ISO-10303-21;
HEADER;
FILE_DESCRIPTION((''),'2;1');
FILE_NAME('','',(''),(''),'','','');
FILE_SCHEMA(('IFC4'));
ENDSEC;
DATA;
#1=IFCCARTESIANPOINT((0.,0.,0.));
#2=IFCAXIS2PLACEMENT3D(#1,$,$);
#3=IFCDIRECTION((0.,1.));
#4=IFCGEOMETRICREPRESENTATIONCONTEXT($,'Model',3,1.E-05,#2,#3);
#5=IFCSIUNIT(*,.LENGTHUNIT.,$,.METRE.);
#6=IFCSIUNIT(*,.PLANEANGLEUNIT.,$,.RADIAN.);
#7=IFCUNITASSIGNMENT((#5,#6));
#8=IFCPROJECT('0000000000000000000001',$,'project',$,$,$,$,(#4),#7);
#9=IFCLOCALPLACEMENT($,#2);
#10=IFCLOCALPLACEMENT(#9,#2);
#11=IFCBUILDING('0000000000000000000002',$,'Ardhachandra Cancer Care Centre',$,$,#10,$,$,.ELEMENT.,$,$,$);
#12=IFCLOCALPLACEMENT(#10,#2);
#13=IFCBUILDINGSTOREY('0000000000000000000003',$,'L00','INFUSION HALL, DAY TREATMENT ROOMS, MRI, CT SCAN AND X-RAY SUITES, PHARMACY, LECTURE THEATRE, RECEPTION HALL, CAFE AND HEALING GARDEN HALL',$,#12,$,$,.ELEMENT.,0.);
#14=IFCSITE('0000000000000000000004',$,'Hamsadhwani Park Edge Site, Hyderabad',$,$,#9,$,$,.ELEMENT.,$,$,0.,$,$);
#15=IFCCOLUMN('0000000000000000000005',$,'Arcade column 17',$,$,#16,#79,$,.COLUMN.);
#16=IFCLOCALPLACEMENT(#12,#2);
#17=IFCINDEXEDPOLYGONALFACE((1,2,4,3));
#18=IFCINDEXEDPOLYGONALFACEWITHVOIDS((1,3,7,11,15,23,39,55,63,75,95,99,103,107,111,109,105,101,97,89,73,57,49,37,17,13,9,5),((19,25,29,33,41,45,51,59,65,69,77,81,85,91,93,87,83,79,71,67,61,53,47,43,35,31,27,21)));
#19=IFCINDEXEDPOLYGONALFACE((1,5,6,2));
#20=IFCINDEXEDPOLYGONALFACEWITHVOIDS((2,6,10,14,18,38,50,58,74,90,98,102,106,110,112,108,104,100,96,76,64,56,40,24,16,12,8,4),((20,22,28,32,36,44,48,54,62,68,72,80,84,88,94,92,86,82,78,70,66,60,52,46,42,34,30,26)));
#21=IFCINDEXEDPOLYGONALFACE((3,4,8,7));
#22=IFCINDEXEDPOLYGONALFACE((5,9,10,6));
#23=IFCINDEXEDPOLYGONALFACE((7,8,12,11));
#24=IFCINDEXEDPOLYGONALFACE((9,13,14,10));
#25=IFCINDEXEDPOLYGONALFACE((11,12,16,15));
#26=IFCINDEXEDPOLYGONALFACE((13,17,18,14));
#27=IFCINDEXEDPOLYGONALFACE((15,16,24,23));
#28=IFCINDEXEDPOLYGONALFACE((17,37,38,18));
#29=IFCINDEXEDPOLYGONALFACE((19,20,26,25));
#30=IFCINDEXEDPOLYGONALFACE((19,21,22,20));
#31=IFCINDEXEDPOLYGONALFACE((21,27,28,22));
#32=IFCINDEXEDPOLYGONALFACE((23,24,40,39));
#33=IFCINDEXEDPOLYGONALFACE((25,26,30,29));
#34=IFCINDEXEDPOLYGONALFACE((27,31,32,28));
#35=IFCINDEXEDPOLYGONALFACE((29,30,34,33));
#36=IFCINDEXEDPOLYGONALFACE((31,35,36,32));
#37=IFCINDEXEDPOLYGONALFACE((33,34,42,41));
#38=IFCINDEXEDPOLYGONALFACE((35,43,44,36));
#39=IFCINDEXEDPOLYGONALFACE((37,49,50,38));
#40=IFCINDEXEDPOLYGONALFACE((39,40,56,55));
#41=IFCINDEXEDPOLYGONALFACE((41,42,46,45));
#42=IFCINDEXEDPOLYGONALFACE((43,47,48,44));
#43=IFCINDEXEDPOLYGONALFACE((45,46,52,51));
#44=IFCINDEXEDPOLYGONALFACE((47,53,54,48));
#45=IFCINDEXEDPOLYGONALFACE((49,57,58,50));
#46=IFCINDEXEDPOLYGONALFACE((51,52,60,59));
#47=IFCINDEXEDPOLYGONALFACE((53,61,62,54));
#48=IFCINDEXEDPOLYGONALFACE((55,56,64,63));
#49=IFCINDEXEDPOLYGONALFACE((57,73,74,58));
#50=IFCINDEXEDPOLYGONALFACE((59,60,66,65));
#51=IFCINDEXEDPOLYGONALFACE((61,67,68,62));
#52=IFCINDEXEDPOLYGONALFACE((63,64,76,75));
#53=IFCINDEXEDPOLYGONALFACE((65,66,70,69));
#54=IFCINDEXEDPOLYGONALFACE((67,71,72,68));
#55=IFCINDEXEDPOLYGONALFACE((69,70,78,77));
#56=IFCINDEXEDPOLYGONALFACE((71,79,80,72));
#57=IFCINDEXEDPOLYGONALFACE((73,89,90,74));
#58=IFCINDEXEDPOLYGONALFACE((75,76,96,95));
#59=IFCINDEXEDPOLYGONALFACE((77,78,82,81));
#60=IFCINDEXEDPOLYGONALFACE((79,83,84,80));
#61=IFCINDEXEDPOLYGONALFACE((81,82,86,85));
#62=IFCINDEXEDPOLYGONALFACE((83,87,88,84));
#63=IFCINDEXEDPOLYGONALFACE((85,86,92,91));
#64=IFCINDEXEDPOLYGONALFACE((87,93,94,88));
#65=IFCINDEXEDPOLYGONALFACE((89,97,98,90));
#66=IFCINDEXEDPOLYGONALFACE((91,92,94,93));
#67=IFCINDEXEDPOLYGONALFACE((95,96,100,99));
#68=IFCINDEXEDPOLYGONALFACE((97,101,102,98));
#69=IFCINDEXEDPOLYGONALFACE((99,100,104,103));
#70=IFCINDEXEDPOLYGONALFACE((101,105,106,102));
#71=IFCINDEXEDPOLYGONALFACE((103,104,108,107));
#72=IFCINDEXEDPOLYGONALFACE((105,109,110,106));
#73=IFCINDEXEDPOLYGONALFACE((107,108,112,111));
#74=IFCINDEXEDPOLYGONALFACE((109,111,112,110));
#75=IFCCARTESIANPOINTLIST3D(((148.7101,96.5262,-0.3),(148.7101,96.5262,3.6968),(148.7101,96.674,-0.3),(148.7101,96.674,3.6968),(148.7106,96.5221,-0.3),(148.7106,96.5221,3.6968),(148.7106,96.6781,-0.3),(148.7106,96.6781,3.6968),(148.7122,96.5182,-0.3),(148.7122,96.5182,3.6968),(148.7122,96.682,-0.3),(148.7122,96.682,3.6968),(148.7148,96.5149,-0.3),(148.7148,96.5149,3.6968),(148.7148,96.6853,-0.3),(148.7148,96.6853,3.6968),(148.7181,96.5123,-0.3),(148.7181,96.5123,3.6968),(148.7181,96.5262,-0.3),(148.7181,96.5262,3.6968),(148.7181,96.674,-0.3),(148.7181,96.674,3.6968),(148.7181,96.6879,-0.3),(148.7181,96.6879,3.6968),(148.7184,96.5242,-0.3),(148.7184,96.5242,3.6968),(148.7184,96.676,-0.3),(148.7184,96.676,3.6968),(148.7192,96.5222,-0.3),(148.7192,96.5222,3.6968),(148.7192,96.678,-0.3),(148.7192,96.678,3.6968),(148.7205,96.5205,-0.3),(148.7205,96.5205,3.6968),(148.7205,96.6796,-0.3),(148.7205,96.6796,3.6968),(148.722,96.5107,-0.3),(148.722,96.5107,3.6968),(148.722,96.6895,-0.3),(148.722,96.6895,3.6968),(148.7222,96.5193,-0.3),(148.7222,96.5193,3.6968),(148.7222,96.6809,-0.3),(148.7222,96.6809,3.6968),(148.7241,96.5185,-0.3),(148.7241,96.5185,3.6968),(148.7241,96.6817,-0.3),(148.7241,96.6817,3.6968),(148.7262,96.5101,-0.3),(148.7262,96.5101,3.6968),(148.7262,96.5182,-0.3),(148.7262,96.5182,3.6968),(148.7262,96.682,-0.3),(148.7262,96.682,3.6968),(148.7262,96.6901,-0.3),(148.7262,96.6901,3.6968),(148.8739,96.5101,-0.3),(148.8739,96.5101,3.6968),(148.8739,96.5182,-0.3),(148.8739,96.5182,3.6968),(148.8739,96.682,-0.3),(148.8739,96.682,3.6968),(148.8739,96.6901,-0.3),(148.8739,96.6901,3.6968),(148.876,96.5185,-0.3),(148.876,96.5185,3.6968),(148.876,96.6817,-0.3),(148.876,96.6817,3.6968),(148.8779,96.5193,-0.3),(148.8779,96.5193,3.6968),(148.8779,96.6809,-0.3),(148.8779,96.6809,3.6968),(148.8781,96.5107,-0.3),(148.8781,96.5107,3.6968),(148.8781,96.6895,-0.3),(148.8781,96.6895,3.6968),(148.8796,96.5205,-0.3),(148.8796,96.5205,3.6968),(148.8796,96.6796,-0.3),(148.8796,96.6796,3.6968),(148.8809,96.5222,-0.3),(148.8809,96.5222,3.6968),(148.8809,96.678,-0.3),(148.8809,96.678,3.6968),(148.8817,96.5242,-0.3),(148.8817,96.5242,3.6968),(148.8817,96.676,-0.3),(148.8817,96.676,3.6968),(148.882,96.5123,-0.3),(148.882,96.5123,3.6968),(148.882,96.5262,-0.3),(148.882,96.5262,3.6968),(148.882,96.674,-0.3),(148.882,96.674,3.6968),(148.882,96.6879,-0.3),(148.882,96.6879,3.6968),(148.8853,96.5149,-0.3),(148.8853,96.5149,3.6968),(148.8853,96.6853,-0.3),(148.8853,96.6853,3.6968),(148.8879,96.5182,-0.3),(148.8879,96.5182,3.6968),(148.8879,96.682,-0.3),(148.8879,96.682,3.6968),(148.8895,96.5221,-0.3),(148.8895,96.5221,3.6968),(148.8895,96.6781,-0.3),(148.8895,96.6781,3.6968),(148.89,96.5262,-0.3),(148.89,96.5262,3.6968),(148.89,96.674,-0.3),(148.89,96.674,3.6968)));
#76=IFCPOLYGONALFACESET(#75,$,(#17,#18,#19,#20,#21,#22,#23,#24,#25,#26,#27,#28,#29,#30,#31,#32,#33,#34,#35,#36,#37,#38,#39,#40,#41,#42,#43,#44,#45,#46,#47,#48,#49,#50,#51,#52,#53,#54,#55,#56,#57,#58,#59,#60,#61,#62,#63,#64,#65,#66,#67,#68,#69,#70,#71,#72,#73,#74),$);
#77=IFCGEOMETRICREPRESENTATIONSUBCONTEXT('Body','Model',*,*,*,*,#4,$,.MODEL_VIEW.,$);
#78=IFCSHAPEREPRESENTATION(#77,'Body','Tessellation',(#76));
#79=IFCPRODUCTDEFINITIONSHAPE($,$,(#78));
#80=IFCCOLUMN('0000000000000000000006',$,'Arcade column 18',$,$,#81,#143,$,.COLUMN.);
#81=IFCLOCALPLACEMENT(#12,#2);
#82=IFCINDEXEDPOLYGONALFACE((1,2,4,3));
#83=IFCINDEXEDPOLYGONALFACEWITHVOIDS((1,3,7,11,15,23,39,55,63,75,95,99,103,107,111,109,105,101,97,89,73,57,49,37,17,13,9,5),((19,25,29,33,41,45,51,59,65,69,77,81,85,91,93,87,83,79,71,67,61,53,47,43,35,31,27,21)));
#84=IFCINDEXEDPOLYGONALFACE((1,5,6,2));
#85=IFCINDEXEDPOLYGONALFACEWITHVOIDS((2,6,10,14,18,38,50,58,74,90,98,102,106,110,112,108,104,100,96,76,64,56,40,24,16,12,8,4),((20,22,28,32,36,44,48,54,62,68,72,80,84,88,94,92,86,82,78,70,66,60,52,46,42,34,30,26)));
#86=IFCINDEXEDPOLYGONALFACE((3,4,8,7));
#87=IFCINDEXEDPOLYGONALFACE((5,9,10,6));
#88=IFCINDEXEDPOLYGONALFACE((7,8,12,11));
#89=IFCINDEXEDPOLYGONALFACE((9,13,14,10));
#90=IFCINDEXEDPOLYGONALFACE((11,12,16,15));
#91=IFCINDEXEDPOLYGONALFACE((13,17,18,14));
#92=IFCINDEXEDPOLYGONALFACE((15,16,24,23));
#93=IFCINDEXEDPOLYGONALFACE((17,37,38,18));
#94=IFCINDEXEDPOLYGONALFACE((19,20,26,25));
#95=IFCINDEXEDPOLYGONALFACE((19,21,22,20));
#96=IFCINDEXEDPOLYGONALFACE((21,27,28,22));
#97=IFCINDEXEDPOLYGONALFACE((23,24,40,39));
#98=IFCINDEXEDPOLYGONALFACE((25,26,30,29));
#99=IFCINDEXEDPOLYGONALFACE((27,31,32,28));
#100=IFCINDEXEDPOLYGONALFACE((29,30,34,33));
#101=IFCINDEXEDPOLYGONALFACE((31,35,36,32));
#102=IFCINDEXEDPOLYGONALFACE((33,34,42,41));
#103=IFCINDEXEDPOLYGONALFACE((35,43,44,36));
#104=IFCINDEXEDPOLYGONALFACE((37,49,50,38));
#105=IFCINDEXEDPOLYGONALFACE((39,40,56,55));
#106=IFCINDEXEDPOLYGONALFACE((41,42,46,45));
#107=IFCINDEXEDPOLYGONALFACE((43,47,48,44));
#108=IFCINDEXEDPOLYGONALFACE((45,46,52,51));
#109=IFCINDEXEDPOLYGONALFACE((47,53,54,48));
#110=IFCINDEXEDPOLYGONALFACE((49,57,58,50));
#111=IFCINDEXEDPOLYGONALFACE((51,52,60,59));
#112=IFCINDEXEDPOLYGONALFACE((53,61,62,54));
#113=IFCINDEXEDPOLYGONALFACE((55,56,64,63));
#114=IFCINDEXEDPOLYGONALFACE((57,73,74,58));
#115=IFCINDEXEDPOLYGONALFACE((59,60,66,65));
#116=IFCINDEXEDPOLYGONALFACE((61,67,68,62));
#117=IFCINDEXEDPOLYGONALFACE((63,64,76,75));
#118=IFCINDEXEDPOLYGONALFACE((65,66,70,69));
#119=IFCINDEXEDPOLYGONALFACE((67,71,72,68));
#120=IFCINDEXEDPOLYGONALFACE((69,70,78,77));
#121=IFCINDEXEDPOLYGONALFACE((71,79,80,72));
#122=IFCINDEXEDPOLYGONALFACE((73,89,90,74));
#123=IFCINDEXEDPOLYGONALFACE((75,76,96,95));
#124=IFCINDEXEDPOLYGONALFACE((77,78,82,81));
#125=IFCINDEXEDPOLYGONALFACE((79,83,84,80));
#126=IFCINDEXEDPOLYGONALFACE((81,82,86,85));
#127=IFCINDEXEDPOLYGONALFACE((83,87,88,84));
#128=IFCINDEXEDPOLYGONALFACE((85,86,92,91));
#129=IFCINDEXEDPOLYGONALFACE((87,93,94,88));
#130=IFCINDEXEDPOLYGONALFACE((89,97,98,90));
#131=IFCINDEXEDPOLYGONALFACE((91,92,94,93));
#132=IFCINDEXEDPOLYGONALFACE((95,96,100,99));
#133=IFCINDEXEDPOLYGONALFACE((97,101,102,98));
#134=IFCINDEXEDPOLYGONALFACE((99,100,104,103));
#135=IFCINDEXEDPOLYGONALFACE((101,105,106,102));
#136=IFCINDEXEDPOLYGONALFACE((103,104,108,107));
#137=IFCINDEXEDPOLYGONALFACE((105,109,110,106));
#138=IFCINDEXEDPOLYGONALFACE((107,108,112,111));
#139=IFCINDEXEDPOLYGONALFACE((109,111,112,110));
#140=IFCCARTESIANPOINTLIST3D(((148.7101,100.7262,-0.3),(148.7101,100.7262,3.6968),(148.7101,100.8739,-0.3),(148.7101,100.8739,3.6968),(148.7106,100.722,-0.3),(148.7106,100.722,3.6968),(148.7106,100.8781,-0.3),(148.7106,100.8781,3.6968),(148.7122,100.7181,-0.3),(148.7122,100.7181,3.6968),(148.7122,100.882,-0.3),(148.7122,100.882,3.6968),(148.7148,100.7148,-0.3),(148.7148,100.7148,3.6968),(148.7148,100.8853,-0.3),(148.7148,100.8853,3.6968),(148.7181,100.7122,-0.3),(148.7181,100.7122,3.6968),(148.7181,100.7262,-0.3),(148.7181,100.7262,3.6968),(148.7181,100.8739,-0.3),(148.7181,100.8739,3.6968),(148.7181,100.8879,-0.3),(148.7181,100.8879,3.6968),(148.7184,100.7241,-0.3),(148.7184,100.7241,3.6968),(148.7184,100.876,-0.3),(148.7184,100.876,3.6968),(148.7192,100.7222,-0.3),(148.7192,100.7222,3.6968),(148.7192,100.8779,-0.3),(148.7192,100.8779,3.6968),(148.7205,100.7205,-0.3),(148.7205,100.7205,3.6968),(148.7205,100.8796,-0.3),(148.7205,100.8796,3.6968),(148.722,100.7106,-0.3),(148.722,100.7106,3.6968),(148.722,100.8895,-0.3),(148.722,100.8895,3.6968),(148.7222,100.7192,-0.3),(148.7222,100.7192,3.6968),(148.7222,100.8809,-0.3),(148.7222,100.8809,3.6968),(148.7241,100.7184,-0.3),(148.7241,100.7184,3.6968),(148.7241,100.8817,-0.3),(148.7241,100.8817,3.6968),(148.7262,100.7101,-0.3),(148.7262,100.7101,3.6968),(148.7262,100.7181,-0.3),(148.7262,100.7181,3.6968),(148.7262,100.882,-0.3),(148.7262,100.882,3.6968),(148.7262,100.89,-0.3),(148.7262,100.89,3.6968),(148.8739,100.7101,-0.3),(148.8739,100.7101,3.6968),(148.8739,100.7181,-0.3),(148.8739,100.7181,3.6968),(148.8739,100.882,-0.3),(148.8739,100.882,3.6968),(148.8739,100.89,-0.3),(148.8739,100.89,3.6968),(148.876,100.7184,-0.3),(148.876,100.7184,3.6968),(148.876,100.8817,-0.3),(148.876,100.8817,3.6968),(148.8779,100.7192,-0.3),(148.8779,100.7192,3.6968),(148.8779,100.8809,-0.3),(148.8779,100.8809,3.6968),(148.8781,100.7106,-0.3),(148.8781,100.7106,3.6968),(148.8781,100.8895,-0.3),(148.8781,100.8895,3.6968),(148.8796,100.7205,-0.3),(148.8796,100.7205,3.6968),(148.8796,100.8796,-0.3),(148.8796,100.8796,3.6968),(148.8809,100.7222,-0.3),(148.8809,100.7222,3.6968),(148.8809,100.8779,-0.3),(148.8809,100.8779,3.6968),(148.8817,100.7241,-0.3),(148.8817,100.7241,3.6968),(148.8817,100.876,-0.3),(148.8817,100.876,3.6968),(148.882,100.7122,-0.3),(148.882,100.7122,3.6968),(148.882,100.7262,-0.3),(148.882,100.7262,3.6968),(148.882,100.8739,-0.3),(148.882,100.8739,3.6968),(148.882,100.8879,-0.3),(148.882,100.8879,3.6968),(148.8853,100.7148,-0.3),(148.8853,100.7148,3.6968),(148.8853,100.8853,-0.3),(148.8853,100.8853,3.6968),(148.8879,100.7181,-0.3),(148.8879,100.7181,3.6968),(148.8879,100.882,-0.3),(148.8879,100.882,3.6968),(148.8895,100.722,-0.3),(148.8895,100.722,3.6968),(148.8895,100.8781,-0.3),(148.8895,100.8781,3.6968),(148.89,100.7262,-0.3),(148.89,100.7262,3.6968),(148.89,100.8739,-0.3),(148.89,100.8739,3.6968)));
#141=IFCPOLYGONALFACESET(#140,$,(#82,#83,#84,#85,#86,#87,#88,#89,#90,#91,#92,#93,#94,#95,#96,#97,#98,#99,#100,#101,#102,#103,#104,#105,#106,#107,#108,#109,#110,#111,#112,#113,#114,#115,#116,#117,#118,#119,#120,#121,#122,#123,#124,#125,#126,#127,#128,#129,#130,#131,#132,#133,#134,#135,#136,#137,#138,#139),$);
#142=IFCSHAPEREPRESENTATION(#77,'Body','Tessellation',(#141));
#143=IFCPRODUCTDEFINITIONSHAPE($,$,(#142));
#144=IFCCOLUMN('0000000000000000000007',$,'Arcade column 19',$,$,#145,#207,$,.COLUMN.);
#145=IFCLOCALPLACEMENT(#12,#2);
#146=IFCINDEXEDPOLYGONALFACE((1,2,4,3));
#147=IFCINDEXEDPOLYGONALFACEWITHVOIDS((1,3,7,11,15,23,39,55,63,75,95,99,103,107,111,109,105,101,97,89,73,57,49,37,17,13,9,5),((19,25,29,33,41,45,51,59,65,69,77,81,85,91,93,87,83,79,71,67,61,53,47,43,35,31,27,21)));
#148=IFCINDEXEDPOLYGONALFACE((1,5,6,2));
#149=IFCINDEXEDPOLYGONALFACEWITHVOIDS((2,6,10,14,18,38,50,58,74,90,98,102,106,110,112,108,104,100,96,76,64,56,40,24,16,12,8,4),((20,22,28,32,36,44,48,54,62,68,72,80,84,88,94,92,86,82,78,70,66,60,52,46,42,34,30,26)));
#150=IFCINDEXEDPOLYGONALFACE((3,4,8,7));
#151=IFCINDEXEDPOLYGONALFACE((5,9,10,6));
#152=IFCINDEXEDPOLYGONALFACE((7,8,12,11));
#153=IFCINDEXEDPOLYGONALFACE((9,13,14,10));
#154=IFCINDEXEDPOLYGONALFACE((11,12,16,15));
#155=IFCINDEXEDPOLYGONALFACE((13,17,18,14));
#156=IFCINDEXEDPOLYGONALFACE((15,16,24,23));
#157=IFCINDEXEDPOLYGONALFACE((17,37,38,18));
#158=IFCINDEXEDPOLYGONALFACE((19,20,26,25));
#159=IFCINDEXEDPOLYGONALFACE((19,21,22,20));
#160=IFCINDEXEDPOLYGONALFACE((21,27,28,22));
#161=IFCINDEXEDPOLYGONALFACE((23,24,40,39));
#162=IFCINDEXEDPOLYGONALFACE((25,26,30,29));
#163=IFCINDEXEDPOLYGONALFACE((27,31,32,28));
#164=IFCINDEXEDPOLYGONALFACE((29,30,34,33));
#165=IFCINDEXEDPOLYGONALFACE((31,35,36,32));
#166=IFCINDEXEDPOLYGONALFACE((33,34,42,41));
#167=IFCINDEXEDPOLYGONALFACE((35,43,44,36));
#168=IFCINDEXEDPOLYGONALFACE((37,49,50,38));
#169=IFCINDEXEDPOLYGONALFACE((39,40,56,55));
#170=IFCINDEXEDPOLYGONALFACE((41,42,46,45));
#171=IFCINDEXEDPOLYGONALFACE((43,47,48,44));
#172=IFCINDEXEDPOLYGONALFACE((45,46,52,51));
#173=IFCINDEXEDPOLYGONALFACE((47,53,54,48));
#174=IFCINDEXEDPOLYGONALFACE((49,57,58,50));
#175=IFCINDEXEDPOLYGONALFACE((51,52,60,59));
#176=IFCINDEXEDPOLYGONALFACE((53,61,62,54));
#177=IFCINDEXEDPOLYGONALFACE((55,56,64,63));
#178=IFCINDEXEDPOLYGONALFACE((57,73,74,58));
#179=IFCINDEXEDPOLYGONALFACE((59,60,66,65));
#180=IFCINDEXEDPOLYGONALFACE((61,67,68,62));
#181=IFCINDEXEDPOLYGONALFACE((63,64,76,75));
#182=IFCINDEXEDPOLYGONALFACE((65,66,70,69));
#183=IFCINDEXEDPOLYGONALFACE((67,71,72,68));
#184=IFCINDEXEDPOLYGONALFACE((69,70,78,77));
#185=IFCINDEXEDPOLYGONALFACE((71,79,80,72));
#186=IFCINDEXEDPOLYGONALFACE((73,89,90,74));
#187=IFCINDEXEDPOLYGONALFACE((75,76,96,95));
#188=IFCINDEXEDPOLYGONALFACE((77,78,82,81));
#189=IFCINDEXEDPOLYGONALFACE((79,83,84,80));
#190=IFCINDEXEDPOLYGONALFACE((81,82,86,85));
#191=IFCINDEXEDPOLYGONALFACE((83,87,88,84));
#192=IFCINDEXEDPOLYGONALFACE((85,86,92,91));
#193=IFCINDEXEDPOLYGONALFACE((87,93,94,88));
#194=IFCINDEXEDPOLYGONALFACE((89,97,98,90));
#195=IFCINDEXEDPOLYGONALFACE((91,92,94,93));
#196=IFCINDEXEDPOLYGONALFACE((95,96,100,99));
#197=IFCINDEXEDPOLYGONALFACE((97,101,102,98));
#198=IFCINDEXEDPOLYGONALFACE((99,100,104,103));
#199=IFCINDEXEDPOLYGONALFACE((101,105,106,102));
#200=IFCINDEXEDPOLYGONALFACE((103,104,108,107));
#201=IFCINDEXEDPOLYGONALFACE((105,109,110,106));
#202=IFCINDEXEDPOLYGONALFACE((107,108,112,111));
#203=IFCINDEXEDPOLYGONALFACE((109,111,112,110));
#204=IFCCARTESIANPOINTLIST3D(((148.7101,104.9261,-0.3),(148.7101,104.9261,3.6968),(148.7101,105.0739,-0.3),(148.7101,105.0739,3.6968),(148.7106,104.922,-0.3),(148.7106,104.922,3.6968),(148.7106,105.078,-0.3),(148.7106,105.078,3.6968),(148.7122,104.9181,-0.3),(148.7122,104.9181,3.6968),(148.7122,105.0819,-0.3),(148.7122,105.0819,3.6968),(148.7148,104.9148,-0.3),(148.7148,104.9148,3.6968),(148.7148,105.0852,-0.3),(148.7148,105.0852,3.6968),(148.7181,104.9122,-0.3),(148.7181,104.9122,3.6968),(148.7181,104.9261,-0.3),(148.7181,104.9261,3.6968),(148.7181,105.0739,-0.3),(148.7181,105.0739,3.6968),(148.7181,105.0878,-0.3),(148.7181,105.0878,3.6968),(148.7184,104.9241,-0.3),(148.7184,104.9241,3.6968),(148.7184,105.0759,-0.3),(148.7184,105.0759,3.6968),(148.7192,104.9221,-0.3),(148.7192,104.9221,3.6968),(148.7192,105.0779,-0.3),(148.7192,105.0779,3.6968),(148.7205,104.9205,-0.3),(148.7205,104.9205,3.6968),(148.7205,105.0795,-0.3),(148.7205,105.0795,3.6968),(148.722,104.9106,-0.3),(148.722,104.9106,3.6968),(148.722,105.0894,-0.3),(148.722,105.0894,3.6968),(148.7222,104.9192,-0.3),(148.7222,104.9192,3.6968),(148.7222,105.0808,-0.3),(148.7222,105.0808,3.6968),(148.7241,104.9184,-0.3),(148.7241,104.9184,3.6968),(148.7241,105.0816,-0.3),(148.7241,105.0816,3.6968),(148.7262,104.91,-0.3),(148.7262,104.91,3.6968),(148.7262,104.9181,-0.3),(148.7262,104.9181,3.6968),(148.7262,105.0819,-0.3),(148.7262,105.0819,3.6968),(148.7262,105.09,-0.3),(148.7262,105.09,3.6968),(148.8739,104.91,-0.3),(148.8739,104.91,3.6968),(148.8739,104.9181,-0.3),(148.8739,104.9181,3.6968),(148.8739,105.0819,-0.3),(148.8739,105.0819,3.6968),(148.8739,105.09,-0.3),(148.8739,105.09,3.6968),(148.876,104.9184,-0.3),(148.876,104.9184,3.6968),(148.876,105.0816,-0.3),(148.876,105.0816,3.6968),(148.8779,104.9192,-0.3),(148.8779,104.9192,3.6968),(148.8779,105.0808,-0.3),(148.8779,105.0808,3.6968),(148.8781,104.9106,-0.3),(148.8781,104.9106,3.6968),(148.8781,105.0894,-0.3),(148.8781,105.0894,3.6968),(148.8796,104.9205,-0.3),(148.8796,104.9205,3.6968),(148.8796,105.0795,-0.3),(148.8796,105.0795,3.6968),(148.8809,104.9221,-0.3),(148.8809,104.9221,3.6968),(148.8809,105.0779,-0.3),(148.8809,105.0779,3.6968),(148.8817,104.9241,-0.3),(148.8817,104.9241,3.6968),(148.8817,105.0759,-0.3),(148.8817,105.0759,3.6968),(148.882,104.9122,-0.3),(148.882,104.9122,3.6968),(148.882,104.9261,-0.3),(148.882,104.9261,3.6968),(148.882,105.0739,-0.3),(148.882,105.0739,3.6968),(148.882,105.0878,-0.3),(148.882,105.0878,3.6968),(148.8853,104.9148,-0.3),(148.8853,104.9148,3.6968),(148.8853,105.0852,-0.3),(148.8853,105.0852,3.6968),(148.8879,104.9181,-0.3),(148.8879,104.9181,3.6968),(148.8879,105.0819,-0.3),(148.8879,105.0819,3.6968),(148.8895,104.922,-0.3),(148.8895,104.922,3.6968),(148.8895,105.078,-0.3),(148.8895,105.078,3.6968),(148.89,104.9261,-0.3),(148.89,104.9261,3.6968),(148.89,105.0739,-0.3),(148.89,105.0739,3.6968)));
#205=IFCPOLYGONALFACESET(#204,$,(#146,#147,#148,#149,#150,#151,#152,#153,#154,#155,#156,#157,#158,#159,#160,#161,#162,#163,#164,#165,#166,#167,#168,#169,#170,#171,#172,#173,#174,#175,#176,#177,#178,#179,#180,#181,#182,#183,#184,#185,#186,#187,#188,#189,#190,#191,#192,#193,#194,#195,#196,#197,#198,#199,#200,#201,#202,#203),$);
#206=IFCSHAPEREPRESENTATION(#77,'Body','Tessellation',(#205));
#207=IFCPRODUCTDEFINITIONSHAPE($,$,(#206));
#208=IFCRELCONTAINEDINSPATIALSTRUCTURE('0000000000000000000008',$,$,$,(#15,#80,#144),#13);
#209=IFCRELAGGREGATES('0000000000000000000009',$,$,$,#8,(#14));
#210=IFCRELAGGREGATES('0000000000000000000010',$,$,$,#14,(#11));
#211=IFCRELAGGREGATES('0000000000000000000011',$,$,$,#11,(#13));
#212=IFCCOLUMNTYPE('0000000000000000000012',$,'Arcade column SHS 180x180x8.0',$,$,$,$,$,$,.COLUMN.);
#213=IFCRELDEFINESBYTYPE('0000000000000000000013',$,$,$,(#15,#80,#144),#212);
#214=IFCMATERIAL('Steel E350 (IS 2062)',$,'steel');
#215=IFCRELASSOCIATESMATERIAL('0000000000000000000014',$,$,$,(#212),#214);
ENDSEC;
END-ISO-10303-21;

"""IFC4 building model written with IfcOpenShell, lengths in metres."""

from ifc_helpers import new_model, si_unit, direction, frame, origin, origin_2d, place, context, subcontext, project, spatial, hollow_rectangle, extrude, material, material_profile, profile_set, type_object, element, save


model = new_model("IFC4")

# Units and contexts
model_context = context("Model", 3, precision=1e-05, world=origin(), true_north=direction((0.0, 1.0)))
body_context = subcontext(model_context, "Body", "Model", "MODEL_VIEW")
ifc_project = project(units=[si_unit("LENGTHUNIT", "METRE"), si_unit("PLANEANGLEUNIT", "RADIAN")], contexts=[model_context])

# Site, building, storey
site_placement = place(None, origin())
site = spatial("IfcSite", under=ifc_project, at=site_placement, Name="Hamsadhwani Park Edge Site, Hyderabad", CompositionType="ELEMENT", RefElevation=0.0)
building_placement = place(site_placement, origin())
building = spatial("IfcBuilding", under=site, at=building_placement, Name="Ardhachandra Cancer Care Centre", CompositionType="ELEMENT")
storey_placement = place(building_placement, origin())
storey = spatial("IfcBuildingStorey", under=building, at=storey_placement, Name="L00", Description="INFUSION HALL, DAY TREATMENT ROOMS, MRI, CT SCAN AND X-RAY SUITES, PHARMACY, LECTURE THEATRE, RECEPTION HALL, CAFE AND HEALING GARDEN HALL", CompositionType="ELEMENT", Elevation=0.0)

# Columns
ifc_material_1 = material(Name="Steel E350 (IS 2062)", Category="steel")
ifc_material_profile_1 = material_profile(ifc_material_1, hollow_rectangle(XDim=0.1799, YDim=0.1799, WallThickness=0.0081, InnerFilletRadius=0.0081, OuterFilletRadius=0.0161, at=origin_2d()), Name="SHS 180x180x8.0")
ifc_profile_set_1 = profile_set([ifc_material_profile_1], Name="Steel E350 (IS 2062)")
column_type_1 = type_object("IfcColumnType", Name="Arcade column SHS 180x180x8.0", PredefinedType="COLUMN", material=ifc_profile_set_1)
for number, where, z_axis, x_axis, name in (
    (1, (148.8, 96.6001, -0.3), (0.0, 0.0, 1.0), (1.0, 0.0, 0.0), "Arcade column 17"),
    (2, (148.8, 100.8, -0.3), (0.0, 0.0, 1.0), (1.0, 0.0, 0.0), "Arcade column 18"),
    (3, (148.8, 105.0, -0.3), (0.0, 0.0, 1.0), (1.0, 0.0, 0.0), "Arcade column 19"),
):
    element("IfcColumn", number, at=place(storey_placement, frame(where, z_axis=z_axis, x_axis=x_axis)), inside=storey, type_object=column_type_1, Name=name, PredefinedType="COLUMN", context=body_context, shape_type="SweptSolid", body=[
        extrude(hollow_rectangle(XDim=0.1799, YDim=0.1799, WallThickness=0.0081, InnerFilletRadius=0.0081, OuterFilletRadius=0.0161, at=origin_2d()), origin(), (0.0, 0.0, 1.0), 3.9968),
    ])

save(model, "model.ifc")
